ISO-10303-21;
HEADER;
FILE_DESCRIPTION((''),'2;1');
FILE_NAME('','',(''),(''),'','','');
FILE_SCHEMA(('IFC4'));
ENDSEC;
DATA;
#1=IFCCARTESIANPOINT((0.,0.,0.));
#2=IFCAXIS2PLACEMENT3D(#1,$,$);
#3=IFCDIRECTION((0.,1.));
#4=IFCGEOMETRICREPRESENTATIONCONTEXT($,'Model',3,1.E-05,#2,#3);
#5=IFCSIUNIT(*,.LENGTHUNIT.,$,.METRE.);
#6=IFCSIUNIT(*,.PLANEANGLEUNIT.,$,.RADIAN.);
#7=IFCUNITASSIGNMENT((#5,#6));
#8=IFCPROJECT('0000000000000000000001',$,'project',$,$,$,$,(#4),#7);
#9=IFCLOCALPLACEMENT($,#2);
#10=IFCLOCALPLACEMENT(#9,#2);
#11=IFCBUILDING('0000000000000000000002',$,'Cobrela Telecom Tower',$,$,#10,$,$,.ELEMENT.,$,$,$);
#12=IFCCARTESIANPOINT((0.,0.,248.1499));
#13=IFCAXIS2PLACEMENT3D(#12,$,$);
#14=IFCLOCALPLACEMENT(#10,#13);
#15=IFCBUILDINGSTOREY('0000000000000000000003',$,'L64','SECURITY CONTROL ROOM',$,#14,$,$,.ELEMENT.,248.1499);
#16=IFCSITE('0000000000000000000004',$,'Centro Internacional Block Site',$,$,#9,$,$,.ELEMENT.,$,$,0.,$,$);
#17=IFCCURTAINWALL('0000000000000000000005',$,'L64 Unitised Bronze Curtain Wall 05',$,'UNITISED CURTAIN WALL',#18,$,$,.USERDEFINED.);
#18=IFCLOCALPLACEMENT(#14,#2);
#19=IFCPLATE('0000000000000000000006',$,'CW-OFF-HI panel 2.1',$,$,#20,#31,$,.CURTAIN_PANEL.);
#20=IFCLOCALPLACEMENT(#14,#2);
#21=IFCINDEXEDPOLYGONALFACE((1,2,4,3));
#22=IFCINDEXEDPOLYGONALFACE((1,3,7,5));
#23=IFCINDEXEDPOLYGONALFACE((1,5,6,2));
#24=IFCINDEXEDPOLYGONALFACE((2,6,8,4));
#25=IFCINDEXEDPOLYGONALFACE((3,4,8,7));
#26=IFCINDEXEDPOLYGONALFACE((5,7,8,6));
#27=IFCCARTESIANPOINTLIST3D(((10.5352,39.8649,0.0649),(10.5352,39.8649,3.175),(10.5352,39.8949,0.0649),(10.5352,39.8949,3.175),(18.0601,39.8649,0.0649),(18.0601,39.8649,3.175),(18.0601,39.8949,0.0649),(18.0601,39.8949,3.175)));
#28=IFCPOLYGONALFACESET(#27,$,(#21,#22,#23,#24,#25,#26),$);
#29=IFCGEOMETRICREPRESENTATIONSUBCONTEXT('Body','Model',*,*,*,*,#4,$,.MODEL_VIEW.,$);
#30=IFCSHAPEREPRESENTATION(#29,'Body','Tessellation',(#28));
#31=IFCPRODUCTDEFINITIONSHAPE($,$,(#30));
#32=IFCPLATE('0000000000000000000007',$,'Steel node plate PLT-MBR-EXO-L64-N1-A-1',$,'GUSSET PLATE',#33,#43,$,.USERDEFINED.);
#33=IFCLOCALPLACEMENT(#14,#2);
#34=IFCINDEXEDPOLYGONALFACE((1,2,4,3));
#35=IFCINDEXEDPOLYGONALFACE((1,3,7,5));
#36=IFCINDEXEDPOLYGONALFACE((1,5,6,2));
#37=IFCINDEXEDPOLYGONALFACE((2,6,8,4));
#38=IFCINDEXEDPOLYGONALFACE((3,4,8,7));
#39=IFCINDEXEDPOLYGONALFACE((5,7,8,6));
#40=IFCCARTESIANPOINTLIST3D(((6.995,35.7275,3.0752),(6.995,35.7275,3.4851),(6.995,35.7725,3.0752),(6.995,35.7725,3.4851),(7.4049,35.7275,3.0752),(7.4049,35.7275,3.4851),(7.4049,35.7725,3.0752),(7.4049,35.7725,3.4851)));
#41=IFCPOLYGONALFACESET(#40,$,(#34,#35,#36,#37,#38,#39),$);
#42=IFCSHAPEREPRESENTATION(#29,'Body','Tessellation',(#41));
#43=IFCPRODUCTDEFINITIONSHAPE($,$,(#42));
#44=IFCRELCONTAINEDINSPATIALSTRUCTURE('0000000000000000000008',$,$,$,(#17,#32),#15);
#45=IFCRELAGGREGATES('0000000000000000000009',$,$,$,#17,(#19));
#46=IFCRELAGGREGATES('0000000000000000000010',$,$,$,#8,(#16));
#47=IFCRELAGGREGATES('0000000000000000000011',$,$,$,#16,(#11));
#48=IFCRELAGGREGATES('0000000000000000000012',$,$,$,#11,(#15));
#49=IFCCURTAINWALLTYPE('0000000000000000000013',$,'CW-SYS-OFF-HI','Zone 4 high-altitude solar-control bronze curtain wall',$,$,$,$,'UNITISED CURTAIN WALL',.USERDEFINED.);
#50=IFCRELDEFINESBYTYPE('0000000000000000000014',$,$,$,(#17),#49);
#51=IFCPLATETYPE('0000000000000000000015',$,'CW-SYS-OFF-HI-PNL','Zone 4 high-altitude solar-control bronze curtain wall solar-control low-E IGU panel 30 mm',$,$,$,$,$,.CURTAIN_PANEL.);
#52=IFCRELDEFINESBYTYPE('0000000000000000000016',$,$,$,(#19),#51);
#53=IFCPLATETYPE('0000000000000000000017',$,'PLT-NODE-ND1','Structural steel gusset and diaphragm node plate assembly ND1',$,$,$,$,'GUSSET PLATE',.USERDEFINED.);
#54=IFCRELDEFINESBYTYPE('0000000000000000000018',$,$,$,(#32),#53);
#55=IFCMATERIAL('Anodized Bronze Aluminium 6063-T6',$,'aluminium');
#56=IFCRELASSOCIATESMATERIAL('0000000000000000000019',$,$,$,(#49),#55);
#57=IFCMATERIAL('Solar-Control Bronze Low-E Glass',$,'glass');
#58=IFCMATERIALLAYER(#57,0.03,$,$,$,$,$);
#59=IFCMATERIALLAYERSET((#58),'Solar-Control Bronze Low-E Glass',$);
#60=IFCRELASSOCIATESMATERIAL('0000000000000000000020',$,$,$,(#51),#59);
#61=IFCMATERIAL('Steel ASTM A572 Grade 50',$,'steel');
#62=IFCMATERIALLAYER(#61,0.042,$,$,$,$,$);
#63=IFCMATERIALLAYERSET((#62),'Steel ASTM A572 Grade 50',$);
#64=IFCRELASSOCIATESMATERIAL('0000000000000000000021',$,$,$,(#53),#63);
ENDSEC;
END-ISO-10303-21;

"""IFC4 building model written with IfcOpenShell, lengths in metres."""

from ifc_helpers import new_model, si_unit, direction, frame, origin, origin_2d, place, context, subcontext, project, spatial, rectangle, extrude, material, layer, layer_set, type_object, element, aggregate, save


model = new_model("IFC4")

# Units and contexts
model_context = context("Model", 3, precision=1e-05, world=origin(), true_north=direction((0.0, 1.0)))
body_context = subcontext(model_context, "Body", "Model", "MODEL_VIEW")
ifc_project = project(units=[si_unit("LENGTHUNIT", "METRE"), si_unit("PLANEANGLEUNIT", "RADIAN")], contexts=[model_context])

# Site, building, storey
site_placement = place(None, origin())
site = spatial("IfcSite", under=ifc_project, at=site_placement, Name="Centro Internacional Block Site", CompositionType="ELEMENT", RefElevation=0.0)
building_placement = place(site_placement, origin())
building = spatial("IfcBuilding", under=site, at=building_placement, Name="Cobrela Telecom Tower", CompositionType="ELEMENT")
storey_placement = place(building_placement, frame((0.0, 0.0, 248.1499)))
storey = spatial("IfcBuildingStorey", under=building, at=storey_placement, Name="L64", Description="SECURITY CONTROL ROOM", CompositionType="ELEMENT", Elevation=248.1499)

# Shared definitions
ifc_material_1 = material(Name="Steel ASTM A572 Grade 50", Category="steel")

# Curtain wall
ifc_material_2 = material(Name="Anodized Bronze Aluminium 6063-T6", Category="aluminium")
curtain_wall_type = type_object("IfcCurtainWallType", Name="CW-SYS-OFF-HI", Description="Zone 4 high-altitude solar-control bronze curtain wall", ElementType="UNITISED CURTAIN WALL", PredefinedType="USERDEFINED", material=ifc_material_2)
curtain_wall_placement = place(storey_placement, origin())
curtain_wall = element("IfcCurtainWall", 1, at=curtain_wall_placement, inside=storey, type_object=curtain_wall_type, Name="L64 Unitised Bronze Curtain Wall 05", ObjectType="UNITISED CURTAIN WALL", PredefinedType="USERDEFINED")

# Plates
ifc_material_3 = material(Name="Solar-Control Bronze Low-E Glass", Category="glass")
ifc_layer_1 = layer(ifc_material_3, 0.03)
ifc_layer_set_1 = layer_set([ifc_layer_1], Name="Solar-Control Bronze Low-E Glass")
plate_type_1 = type_object("IfcPlateType", Name="CW-SYS-OFF-HI-PNL", Description="Zone 4 high-altitude solar-control bronze curtain wall solar-control low-E IGU panel 30 mm", PredefinedType="CURTAIN_PANEL", material=ifc_layer_set_1)
plate_1_placement = place(storey_placement, frame((14.2976, 39.8799, 0.0649), z_axis=(0.0, 0.0, 1.0), x_axis=(1.0, 0.0, 0.0)))
plate_1 = element("IfcPlate", 2, at=plate_1_placement, type_object=plate_type_1, Name="CW-OFF-HI panel 2.1", PredefinedType="CURTAIN_PANEL", context=body_context, shape_type="SweptSolid", body=[
    extrude(rectangle(XDim=7.5249, YDim=0.03, at=origin_2d()), origin(), (0.0, 0.0, 1.0), 3.1101),
])
aggregate(curtain_wall, [plate_1])
ifc_layer_2 = layer(ifc_material_1, 0.042)
ifc_layer_set_2 = layer_set([ifc_layer_2], Name="Steel ASTM A572 Grade 50")
plate_type_2 = type_object("IfcPlateType", Name="PLT-NODE-ND1", Description="Structural steel gusset and diaphragm node plate assembly ND1", ElementType="GUSSET PLATE", PredefinedType="USERDEFINED", material=ifc_layer_set_2)
plate_2_placement = place(storey_placement, frame((7.2, 35.75, 3.0752), z_axis=(0.0, 0.0, 1.0), x_axis=(1.0, 0.0, 0.0)))
element("IfcPlate", 3, at=plate_2_placement, inside=storey, type_object=plate_type_2, Name="Steel node plate PLT-MBR-EXO-L64-N1-A-1", ObjectType="GUSSET PLATE", PredefinedType="USERDEFINED", context=body_context, shape_type="SweptSolid", body=[
    extrude(rectangle(XDim=0.4099, YDim=0.0449, at=origin_2d()), origin(), (0.0, 0.0, 1.0), 0.4099),
])

save(model, "model.ifc")
